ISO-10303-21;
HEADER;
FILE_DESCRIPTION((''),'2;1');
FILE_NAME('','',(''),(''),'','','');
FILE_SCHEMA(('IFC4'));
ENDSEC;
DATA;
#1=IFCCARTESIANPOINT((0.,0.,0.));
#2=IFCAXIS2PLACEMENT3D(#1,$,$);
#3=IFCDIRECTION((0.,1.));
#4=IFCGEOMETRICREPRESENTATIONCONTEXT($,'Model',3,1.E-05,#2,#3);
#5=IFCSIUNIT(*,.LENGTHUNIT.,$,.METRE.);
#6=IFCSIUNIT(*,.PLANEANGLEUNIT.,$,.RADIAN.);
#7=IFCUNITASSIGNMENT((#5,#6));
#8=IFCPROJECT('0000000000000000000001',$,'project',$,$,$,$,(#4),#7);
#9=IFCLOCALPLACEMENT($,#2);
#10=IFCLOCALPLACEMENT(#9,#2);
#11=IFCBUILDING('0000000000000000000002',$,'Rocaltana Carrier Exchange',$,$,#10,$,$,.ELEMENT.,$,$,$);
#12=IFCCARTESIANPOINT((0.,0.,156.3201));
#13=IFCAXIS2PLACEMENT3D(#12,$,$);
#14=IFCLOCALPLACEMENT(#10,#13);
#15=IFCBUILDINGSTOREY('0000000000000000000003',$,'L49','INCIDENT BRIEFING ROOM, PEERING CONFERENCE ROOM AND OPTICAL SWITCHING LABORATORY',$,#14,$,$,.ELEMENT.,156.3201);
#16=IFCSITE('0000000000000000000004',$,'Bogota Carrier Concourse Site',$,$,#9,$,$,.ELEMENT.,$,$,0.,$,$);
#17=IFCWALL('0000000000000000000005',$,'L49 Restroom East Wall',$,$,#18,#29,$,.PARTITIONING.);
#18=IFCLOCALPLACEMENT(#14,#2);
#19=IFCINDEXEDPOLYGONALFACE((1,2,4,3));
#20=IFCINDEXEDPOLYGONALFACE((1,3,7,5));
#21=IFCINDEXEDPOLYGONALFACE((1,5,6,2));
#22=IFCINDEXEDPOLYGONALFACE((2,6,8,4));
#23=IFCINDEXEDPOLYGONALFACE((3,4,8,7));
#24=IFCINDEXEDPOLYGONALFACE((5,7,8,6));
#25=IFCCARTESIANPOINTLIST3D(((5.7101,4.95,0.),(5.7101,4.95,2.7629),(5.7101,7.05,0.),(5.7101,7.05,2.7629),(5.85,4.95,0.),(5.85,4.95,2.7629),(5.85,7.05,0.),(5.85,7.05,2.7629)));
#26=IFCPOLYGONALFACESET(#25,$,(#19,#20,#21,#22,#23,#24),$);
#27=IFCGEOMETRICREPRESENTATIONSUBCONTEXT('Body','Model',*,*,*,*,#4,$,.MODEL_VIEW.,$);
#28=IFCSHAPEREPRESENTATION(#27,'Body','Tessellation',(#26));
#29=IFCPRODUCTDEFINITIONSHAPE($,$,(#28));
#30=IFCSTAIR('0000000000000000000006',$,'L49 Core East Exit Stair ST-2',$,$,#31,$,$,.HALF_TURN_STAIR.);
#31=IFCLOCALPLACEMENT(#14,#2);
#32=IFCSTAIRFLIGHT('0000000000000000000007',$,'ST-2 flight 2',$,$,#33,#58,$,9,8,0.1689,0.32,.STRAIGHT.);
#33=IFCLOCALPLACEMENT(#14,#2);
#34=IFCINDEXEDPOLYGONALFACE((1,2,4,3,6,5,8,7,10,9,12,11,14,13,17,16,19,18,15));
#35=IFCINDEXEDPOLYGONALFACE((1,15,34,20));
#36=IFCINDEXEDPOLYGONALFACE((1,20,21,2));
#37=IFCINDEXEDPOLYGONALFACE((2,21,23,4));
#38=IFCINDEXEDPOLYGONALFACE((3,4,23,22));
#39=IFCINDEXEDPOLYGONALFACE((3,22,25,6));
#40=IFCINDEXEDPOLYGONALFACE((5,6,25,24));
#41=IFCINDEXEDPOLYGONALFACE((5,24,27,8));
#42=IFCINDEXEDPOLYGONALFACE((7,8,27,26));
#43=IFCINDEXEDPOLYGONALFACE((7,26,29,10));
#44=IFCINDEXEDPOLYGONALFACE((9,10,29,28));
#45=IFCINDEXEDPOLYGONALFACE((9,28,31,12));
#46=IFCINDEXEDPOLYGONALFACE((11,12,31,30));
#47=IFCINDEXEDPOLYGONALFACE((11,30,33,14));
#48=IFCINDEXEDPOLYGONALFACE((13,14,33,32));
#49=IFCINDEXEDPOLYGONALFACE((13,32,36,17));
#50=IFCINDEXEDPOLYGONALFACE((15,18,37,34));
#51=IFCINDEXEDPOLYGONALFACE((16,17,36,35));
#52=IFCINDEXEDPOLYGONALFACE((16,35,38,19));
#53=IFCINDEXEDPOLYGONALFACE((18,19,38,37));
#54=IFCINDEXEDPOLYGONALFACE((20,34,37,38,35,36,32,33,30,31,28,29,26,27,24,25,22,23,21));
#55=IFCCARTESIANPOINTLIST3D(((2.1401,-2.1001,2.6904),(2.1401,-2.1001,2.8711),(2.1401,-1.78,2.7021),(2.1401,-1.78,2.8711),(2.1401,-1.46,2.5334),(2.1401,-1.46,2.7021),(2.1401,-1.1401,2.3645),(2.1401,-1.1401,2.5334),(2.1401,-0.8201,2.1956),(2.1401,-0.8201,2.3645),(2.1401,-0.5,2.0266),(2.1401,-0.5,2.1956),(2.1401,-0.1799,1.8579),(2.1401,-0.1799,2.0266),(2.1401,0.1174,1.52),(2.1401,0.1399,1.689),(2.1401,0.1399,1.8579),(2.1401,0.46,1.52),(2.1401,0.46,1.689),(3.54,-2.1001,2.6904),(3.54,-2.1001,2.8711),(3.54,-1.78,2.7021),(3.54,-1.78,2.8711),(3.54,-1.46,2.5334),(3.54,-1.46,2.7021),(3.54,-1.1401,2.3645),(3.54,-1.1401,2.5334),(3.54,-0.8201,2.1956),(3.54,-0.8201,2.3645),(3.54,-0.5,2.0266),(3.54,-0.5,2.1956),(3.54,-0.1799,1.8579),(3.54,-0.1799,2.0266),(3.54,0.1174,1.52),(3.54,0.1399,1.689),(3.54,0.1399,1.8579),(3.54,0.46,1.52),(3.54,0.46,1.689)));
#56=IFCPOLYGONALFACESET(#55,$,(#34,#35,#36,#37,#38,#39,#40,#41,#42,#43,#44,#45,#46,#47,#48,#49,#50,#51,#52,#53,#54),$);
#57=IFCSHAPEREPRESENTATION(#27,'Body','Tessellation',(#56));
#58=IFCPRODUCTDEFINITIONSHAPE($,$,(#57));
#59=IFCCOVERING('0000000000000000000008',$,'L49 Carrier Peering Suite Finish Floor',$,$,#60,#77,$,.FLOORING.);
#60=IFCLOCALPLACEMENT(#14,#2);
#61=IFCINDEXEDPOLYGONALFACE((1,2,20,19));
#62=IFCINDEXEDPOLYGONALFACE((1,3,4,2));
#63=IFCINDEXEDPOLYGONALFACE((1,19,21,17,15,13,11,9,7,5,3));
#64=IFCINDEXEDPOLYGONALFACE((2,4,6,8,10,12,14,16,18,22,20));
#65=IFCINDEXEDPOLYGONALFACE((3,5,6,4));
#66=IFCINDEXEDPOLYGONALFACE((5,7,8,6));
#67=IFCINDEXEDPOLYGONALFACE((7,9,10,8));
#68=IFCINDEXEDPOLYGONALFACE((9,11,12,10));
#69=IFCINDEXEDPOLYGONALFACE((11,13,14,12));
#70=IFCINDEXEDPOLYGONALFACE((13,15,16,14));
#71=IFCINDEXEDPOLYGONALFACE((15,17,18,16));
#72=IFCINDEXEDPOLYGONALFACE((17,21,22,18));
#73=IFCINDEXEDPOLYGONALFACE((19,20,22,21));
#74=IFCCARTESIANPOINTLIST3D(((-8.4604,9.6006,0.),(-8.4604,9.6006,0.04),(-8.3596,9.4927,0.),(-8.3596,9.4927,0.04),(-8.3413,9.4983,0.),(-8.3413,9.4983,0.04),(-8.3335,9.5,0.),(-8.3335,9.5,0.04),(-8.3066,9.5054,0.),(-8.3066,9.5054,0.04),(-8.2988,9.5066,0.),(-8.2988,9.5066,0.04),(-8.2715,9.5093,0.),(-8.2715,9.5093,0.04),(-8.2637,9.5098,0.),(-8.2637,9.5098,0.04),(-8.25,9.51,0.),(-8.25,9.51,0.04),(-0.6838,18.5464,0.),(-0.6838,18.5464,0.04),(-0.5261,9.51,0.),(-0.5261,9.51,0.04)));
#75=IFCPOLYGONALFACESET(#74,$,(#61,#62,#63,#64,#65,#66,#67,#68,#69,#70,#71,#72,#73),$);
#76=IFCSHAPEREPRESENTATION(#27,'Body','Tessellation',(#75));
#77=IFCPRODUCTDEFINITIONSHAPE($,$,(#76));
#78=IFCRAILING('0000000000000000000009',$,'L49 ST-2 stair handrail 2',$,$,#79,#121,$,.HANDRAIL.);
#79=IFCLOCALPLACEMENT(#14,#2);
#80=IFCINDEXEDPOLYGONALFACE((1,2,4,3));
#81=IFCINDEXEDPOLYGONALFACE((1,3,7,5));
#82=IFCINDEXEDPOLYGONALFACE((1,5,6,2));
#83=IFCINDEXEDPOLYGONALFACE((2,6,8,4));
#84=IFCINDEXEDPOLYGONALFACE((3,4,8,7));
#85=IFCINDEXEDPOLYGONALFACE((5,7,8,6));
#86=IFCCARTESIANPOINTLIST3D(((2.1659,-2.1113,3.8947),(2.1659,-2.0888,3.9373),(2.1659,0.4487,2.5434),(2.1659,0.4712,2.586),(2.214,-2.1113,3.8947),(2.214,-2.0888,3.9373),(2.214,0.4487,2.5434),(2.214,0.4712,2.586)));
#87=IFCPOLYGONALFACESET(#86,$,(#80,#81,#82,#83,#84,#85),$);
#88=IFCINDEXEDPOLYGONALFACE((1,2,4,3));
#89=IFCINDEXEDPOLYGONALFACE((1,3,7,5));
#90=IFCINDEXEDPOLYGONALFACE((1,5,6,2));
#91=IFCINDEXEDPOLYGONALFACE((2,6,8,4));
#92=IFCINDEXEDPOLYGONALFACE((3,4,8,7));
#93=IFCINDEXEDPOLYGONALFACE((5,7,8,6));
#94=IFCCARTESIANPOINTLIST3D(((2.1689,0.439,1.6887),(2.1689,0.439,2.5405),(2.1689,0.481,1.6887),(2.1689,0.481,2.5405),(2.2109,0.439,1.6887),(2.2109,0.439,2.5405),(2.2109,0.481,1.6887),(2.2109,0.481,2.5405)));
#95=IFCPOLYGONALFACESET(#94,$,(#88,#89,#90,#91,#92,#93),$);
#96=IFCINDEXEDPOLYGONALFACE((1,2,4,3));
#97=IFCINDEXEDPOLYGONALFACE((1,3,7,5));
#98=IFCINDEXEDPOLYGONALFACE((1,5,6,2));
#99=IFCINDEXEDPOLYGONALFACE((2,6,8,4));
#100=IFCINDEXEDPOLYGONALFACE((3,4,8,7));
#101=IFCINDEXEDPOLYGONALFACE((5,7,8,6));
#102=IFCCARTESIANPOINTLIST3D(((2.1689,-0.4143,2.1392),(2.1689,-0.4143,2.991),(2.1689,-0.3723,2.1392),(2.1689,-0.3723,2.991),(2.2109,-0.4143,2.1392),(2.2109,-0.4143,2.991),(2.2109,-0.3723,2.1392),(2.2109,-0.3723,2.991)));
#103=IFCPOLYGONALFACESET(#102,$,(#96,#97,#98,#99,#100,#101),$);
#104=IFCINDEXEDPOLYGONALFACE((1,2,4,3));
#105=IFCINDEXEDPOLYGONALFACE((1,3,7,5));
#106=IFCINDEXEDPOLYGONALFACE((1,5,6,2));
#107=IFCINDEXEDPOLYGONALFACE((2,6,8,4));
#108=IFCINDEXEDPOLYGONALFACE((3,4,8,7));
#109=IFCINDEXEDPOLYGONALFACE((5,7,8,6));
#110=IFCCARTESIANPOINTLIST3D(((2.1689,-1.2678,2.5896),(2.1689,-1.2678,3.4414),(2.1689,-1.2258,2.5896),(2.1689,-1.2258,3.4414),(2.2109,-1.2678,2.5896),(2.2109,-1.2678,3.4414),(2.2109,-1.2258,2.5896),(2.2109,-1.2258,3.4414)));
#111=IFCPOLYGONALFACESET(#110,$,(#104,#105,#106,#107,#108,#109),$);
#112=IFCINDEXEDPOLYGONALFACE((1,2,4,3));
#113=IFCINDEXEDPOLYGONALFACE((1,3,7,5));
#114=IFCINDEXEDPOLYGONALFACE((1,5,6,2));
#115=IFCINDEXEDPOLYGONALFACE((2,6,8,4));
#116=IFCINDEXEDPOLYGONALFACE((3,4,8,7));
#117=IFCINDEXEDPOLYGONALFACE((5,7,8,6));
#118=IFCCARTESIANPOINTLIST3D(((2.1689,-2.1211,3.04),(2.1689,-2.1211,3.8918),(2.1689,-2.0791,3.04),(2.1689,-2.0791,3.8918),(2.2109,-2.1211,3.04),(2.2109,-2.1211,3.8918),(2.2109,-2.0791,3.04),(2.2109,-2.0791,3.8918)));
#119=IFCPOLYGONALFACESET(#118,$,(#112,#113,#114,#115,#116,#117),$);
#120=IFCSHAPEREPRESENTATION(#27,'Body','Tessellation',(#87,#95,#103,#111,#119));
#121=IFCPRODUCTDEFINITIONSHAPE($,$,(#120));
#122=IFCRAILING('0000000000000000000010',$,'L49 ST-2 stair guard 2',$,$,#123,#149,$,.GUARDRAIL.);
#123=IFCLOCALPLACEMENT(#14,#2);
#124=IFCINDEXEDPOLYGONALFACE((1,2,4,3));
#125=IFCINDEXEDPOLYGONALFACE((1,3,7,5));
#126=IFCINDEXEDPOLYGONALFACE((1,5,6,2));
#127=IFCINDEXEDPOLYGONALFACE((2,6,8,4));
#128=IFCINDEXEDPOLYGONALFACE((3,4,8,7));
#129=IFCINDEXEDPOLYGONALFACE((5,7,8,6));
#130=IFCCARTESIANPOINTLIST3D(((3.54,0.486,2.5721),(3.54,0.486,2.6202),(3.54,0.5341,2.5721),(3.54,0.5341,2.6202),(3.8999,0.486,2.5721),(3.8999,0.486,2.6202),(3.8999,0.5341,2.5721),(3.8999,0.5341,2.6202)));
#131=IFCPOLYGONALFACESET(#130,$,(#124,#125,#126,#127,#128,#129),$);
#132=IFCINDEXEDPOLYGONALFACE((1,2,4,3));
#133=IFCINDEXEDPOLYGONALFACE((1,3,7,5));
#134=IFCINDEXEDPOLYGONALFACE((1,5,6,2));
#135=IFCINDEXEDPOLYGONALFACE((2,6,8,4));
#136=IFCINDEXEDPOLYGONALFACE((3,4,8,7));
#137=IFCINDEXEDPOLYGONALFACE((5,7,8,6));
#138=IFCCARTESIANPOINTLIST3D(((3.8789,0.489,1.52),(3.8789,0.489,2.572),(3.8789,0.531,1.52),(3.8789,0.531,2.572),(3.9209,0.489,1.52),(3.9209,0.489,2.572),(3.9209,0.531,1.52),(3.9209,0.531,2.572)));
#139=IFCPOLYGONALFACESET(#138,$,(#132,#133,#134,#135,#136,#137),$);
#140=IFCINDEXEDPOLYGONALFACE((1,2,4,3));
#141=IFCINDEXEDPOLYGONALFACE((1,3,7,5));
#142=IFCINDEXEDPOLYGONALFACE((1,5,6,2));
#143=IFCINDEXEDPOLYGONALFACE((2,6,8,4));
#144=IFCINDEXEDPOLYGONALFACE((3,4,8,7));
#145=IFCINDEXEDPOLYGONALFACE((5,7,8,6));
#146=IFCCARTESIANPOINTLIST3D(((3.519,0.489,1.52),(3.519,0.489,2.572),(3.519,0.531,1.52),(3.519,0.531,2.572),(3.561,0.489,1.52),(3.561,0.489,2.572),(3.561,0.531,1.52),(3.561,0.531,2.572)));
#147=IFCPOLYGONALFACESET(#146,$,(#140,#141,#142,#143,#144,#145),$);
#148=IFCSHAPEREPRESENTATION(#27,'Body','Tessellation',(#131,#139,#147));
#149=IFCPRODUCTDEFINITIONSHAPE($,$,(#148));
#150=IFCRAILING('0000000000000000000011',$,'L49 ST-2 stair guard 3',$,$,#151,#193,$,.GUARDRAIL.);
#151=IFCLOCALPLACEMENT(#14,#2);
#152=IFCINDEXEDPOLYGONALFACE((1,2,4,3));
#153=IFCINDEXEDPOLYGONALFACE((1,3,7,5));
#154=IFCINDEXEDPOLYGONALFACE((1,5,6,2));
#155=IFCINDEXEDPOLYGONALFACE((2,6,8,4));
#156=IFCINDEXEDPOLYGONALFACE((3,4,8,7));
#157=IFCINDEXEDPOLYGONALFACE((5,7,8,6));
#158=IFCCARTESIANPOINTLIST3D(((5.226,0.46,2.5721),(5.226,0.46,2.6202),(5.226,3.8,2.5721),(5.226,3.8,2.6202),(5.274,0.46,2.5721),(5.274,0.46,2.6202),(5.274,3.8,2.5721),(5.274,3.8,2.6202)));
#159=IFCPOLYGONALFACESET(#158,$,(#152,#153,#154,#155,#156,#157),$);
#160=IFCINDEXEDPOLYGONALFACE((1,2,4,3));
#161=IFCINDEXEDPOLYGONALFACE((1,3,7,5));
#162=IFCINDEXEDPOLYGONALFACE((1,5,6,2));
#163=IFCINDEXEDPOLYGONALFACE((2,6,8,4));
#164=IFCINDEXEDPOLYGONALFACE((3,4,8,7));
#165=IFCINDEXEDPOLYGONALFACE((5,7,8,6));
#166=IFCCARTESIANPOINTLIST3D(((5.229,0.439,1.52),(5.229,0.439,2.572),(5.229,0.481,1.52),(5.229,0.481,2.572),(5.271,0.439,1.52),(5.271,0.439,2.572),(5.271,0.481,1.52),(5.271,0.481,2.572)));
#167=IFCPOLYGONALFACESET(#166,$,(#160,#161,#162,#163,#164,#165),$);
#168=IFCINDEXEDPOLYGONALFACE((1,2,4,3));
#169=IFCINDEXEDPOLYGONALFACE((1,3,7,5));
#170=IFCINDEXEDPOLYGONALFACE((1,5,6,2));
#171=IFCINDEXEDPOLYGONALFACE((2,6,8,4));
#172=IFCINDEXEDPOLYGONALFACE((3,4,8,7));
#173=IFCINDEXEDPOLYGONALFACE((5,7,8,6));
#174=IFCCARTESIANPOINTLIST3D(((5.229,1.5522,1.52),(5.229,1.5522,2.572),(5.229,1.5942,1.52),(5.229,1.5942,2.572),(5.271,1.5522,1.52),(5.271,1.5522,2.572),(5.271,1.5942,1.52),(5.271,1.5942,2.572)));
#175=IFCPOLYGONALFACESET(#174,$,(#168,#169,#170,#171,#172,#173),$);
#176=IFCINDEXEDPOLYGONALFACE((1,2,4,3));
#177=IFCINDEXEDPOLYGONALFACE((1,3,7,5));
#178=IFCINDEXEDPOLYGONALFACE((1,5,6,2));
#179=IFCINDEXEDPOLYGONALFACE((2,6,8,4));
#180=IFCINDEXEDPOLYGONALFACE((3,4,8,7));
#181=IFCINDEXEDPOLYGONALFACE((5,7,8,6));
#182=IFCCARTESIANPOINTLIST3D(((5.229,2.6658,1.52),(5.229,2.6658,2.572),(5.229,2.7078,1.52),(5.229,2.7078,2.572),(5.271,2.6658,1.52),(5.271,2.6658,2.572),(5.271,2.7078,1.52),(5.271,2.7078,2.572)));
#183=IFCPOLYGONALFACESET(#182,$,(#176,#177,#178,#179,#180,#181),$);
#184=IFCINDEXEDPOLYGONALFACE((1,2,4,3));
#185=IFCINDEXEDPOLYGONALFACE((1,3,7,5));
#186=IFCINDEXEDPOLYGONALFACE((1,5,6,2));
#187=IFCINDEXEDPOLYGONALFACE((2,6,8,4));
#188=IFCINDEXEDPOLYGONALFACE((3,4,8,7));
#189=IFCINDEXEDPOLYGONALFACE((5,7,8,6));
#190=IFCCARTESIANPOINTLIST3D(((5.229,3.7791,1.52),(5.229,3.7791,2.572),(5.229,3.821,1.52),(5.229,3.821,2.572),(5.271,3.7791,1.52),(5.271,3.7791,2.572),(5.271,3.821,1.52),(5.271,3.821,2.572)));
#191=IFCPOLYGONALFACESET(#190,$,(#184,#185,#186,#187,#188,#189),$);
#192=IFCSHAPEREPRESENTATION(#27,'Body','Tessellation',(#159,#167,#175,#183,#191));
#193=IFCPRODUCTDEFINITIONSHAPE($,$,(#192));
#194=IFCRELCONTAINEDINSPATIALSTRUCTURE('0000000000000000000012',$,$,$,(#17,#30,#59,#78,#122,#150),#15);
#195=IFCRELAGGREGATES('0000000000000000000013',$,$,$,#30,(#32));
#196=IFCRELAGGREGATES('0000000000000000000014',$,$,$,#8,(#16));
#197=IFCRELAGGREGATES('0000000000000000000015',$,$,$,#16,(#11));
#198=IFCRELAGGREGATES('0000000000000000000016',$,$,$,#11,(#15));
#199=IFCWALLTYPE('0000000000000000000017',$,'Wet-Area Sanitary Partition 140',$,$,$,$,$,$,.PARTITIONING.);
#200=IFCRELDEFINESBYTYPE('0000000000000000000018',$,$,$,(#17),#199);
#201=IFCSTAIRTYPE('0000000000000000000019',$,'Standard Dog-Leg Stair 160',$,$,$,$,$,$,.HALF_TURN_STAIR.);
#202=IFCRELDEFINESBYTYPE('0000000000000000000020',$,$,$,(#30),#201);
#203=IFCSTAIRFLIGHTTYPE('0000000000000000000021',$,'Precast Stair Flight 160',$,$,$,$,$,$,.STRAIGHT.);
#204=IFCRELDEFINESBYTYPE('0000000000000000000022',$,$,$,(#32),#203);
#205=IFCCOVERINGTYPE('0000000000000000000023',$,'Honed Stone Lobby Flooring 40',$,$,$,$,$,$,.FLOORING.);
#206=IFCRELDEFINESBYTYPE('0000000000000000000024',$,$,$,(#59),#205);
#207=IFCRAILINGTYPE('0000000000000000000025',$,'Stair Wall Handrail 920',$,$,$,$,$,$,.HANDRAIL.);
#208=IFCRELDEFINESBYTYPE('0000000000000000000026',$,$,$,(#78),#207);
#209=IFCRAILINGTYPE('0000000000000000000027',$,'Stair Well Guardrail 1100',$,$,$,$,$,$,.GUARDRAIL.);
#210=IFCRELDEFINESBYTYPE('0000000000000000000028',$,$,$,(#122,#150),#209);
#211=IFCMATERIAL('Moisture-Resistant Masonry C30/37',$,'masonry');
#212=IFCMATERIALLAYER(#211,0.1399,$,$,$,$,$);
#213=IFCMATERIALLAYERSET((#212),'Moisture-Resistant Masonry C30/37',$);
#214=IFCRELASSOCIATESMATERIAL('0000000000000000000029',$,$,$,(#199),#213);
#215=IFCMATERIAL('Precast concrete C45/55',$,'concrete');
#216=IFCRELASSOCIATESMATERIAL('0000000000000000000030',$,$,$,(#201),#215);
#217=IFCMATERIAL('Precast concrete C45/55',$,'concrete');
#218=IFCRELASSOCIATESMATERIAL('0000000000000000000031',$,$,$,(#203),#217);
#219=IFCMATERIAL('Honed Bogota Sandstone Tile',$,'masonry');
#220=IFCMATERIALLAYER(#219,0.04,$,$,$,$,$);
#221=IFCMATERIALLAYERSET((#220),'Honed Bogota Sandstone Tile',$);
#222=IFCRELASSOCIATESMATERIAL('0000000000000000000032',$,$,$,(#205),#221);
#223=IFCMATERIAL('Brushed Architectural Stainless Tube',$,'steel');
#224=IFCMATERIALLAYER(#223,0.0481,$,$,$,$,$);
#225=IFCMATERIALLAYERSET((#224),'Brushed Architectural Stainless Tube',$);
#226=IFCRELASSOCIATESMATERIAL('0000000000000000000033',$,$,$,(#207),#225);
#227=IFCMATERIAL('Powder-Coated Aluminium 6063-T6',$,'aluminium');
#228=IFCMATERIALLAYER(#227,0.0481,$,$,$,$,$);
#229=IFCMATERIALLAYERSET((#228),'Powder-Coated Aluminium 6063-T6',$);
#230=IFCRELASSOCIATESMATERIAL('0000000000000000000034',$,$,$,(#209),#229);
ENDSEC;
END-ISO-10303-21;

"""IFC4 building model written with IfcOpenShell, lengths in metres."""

from ifc_helpers import new_model, si_unit, direction, frame, frame_2d, origin, origin_2d, place, context, subcontext, project, spatial, polyline, rectangle, outline, extrude, material, layer, layer_set, type_object, element, aggregate, save


model = new_model("IFC4")

# Units and contexts
model_context = context("Model", 3, precision=1e-05, world=origin(), true_north=direction((0.0, 1.0)))
body_context = subcontext(model_context, "Body", "Model", "MODEL_VIEW")
ifc_project = project(units=[si_unit("LENGTHUNIT", "METRE"), si_unit("PLANEANGLEUNIT", "RADIAN")], contexts=[model_context])

# Site, building, storey
site_placement = place(None, origin())
site = spatial("IfcSite", under=ifc_project, at=site_placement, Name="Bogota Carrier Concourse Site", CompositionType="ELEMENT", RefElevation=0.0)
building_placement = place(site_placement, origin())
building = spatial("IfcBuilding", under=site, at=building_placement, Name="Rocaltana Carrier Exchange", CompositionType="ELEMENT")
storey_placement = place(building_placement, frame((0.0, 0.0, 156.3201)))
storey = spatial("IfcBuildingStorey", under=building, at=storey_placement, Name="L49", Description="INCIDENT BRIEFING ROOM, PEERING CONFERENCE ROOM AND OPTICAL SWITCHING LABORATORY", CompositionType="ELEMENT", Elevation=156.3201)

# Wall
ifc_material_1 = material(Name="Moisture-Resistant Masonry C30/37", Category="masonry")
ifc_layer_1 = layer(ifc_material_1, 0.1399)
ifc_layer_set_1 = layer_set([ifc_layer_1], Name="Moisture-Resistant Masonry C30/37")
wall_type_1 = type_object("IfcWallType", Name="Wet-Area Sanitary Partition 140", PredefinedType="PARTITIONING", material=ifc_layer_set_1)
wall_1_placement = place(storey_placement, frame((5.78, 4.95, 0.0), z_axis=(0.0, 0.0, 1.0), x_axis=(0.0, 1.0, 0.0)))
element("IfcWall", 1, at=wall_1_placement, inside=storey, type_object=wall_type_1, Name="L49 Restroom East Wall", PredefinedType="PARTITIONING", context=body_context, shape_type="SweptSolid", body=[
    extrude(rectangle(XDim=2.1001, YDim=0.1399, at=frame_2d((1.05, 0.0))), origin(), (0.0, 0.0, 1.0), 2.7629),
])

# Stair, stair flight
ifc_material_2 = material(Name="Precast concrete C45/55", Category="concrete")
stair_type = type_object("IfcStairType", Name="Standard Dog-Leg Stair 160", PredefinedType="HALF_TURN_STAIR", material=ifc_material_2)
stair_placement = place(storey_placement, origin())
stair = element("IfcStair", 2, at=stair_placement, inside=storey, type_object=stair_type, Name="L49 Core East Exit Stair ST-2", PredefinedType="HALF_TURN_STAIR")
ifc_material_3 = material(Name="Precast concrete C45/55", Category="concrete")
stair_flight_type = type_object("IfcStairFlightType", Name="Precast Stair Flight 160", PredefinedType="STRAIGHT", material=ifc_material_3)
stair_flight_placement = place(storey_placement, frame((2.8401, 0.46, 1.52), z_axis=(0.0, 0.0, 1.0), x_axis=(0.0, -1.0, 0.0)))
stair_flight = element("IfcStairFlight", 3, at=stair_flight_placement, type_object=stair_flight_type, Name="ST-2 flight 2", NumberOfRisers=9, NumberOfTreads=8, PredefinedType="STRAIGHT", RiserHeight=0.1689, TreadLength=0.32, context=body_context, shape_type="SweptSolid", body=[
    extrude(outline(polyline([(0.0, 0.0), (0.0, 0.1689), (0.3201, 0.1689), (0.3201, 0.3379), (0.6399, 0.3379), (0.6399, 0.5066), (0.96, 0.5066), (0.96, 0.6755), (1.28, 0.6755), (1.28, 0.8445), (1.6001, 0.8445), (1.6001, 1.0134), (1.9199, 1.0134), (1.9199, 1.1821), (2.24, 1.1821), (2.24, 1.3511), (2.5601, 1.3511), (2.5601, 1.52), (2.5601, 1.1704), (0.3425, 0.0), (0.0, 0.0)])), frame((0.0, 0.7, 0.0), z_axis=(0.0, -1.0, 0.0), x_axis=(1.0, 0.0, 0.0)), (0.0, 0.0, 1.0), 1.3999),
])
aggregate(stair, [stair_flight])

# Covering
ifc_material_4 = material(Name="Honed Bogota Sandstone Tile", Category="masonry")
ifc_layer_2 = layer(ifc_material_4, 0.04)
ifc_layer_set_2 = layer_set([ifc_layer_2], Name="Honed Bogota Sandstone Tile")
covering_type = type_object("IfcCoveringType", Name="Honed Stone Lobby Flooring 40", PredefinedType="FLOORING", material=ifc_layer_set_2)
covering_placement = place(storey_placement, origin())
element("IfcCovering", 4, at=covering_placement, inside=storey, type_object=covering_type, Name="L49 Carrier Peering Suite Finish Floor", PredefinedType="FLOORING", context=body_context, shape_type="SweptSolid", body=[
    extrude(outline(polyline([(-8.3596, 9.4927), (-8.4604, 9.6006), (-0.6838, 18.5464), (-0.5261, 9.51), (-8.25, 9.51), (-8.2637, 9.5098), (-8.2715, 9.5093), (-8.2988, 9.5066), (-8.3066, 9.5054), (-8.3335, 9.5), (-8.3413, 9.4983), (-8.3596, 9.4927)])), origin(), (0.0, 0.0, 1.0), 0.04),
])

# Railings
ifc_material_5 = material(Name="Brushed Architectural Stainless Tube", Category="steel")
ifc_layer_3 = layer(ifc_material_5, 0.0481)
ifc_layer_set_3 = layer_set([ifc_layer_3], Name="Brushed Architectural Stainless Tube")
railing_type_1 = type_object("IfcRailingType", Name="Stair Wall Handrail 920", PredefinedType="HANDRAIL", material=ifc_layer_set_3)
railing_1_placement = place(storey_placement, frame((2.1899, 0.46, 1.6887)))
element("IfcRailing", 5, at=railing_1_placement, inside=storey, type_object=railing_type_1, Name="L49 ST-2 stair handrail 2", PredefinedType="HANDRAIL", context=body_context, shape_type="SweptSolid", body=[
    extrude(rectangle(XDim=0.0481, YDim=0.0481, at=origin_2d()), frame((0.0, 0.0, 0.876), z_axis=(0.0, -0.88436, 0.466806), x_axis=(1.0, 0.0, 0.0)), (0.0, 0.0, 1.0), 2.8948),
    extrude(rectangle(XDim=0.042, YDim=0.042, at=origin_2d()), origin(), (0.0, 0.0, 1.0), 0.8518),
    extrude(rectangle(XDim=0.042, YDim=0.042, at=origin_2d()), frame((0.0, -0.8533, 0.4504)), (0.0, 0.0, 1.0), 0.8518),
    extrude(rectangle(XDim=0.042, YDim=0.042, at=origin_2d()), frame((0.0, -1.7068, 0.9009)), (0.0, 0.0, 1.0), 0.8518),
    extrude(rectangle(XDim=0.042, YDim=0.042, at=origin_2d()), frame((0.0, -2.5601, 1.3513)), (0.0, 0.0, 1.0), 0.8518),
])
ifc_material_6 = material(Name="Powder-Coated Aluminium 6063-T6", Category="aluminium")
ifc_layer_4 = layer(ifc_material_6, 0.0481)
ifc_layer_set_4 = layer_set([ifc_layer_4], Name="Powder-Coated Aluminium 6063-T6")
railing_type_2 = type_object("IfcRailingType", Name="Stair Well Guardrail 1100", PredefinedType="GUARDRAIL", material=ifc_layer_set_4)
railing_2_placement = place(storey_placement, frame((3.8999, 0.51, 1.52)))
element("IfcRailing", 6, at=railing_2_placement, inside=storey, type_object=railing_type_2, Name="L49 ST-2 stair guard 2", PredefinedType="GUARDRAIL", context=body_context, shape_type="SweptSolid", body=[
    extrude(rectangle(XDim=0.0481, YDim=0.0481, at=origin_2d()), frame((0.0, 0.0, 1.0762), z_axis=(-1.0, 0.0, 0.0), x_axis=(0.0, -1.0, 0.0)), (0.0, 0.0, 1.0), 0.3599),
    extrude(rectangle(XDim=0.042, YDim=0.042, at=origin_2d()), origin(), (0.0, 0.0, 1.0), 1.052),
    extrude(rectangle(XDim=0.042, YDim=0.042, at=origin_2d()), frame((-0.3599, 0.0, 0.0)), (0.0, 0.0, 1.0), 1.052),
])
for number, where, name in (
    (7, (5.25, 0.46, 1.52), "L49 ST-2 stair guard 3"),
):
    element("IfcRailing", number, at=place(storey_placement, frame(where)), inside=storey, type_object=railing_type_2, Name=name, PredefinedType="GUARDRAIL", context=body_context, shape_type="SweptSolid", body=[
        extrude(rectangle(XDim=0.0481, YDim=0.0481, at=origin_2d()), frame((0.0, 0.0, 1.0762), z_axis=(0.0, 1.0, 0.0), x_axis=(-1.0, 0.0, 0.0)), (0.0, 0.0, 1.0), 3.3401),
        extrude(rectangle(XDim=0.042, YDim=0.042, at=origin_2d()), origin(), (0.0, 0.0, 1.0), 1.052),
        extrude(rectangle(XDim=0.042, YDim=0.042, at=origin_2d()), frame((0.0, 1.1133, 0.0)), (0.0, 0.0, 1.0), 1.052),
        extrude(rectangle(XDim=0.042, YDim=0.042, at=origin_2d()), frame((0.0, 2.2268, 0.0)), (0.0, 0.0, 1.0), 1.052),
        extrude(rectangle(XDim=0.042, YDim=0.042, at=origin_2d()), frame((0.0, 3.3401, 0.0)), (0.0, 0.0, 1.0), 1.052),
    ])

save(model, "model.ifc")
